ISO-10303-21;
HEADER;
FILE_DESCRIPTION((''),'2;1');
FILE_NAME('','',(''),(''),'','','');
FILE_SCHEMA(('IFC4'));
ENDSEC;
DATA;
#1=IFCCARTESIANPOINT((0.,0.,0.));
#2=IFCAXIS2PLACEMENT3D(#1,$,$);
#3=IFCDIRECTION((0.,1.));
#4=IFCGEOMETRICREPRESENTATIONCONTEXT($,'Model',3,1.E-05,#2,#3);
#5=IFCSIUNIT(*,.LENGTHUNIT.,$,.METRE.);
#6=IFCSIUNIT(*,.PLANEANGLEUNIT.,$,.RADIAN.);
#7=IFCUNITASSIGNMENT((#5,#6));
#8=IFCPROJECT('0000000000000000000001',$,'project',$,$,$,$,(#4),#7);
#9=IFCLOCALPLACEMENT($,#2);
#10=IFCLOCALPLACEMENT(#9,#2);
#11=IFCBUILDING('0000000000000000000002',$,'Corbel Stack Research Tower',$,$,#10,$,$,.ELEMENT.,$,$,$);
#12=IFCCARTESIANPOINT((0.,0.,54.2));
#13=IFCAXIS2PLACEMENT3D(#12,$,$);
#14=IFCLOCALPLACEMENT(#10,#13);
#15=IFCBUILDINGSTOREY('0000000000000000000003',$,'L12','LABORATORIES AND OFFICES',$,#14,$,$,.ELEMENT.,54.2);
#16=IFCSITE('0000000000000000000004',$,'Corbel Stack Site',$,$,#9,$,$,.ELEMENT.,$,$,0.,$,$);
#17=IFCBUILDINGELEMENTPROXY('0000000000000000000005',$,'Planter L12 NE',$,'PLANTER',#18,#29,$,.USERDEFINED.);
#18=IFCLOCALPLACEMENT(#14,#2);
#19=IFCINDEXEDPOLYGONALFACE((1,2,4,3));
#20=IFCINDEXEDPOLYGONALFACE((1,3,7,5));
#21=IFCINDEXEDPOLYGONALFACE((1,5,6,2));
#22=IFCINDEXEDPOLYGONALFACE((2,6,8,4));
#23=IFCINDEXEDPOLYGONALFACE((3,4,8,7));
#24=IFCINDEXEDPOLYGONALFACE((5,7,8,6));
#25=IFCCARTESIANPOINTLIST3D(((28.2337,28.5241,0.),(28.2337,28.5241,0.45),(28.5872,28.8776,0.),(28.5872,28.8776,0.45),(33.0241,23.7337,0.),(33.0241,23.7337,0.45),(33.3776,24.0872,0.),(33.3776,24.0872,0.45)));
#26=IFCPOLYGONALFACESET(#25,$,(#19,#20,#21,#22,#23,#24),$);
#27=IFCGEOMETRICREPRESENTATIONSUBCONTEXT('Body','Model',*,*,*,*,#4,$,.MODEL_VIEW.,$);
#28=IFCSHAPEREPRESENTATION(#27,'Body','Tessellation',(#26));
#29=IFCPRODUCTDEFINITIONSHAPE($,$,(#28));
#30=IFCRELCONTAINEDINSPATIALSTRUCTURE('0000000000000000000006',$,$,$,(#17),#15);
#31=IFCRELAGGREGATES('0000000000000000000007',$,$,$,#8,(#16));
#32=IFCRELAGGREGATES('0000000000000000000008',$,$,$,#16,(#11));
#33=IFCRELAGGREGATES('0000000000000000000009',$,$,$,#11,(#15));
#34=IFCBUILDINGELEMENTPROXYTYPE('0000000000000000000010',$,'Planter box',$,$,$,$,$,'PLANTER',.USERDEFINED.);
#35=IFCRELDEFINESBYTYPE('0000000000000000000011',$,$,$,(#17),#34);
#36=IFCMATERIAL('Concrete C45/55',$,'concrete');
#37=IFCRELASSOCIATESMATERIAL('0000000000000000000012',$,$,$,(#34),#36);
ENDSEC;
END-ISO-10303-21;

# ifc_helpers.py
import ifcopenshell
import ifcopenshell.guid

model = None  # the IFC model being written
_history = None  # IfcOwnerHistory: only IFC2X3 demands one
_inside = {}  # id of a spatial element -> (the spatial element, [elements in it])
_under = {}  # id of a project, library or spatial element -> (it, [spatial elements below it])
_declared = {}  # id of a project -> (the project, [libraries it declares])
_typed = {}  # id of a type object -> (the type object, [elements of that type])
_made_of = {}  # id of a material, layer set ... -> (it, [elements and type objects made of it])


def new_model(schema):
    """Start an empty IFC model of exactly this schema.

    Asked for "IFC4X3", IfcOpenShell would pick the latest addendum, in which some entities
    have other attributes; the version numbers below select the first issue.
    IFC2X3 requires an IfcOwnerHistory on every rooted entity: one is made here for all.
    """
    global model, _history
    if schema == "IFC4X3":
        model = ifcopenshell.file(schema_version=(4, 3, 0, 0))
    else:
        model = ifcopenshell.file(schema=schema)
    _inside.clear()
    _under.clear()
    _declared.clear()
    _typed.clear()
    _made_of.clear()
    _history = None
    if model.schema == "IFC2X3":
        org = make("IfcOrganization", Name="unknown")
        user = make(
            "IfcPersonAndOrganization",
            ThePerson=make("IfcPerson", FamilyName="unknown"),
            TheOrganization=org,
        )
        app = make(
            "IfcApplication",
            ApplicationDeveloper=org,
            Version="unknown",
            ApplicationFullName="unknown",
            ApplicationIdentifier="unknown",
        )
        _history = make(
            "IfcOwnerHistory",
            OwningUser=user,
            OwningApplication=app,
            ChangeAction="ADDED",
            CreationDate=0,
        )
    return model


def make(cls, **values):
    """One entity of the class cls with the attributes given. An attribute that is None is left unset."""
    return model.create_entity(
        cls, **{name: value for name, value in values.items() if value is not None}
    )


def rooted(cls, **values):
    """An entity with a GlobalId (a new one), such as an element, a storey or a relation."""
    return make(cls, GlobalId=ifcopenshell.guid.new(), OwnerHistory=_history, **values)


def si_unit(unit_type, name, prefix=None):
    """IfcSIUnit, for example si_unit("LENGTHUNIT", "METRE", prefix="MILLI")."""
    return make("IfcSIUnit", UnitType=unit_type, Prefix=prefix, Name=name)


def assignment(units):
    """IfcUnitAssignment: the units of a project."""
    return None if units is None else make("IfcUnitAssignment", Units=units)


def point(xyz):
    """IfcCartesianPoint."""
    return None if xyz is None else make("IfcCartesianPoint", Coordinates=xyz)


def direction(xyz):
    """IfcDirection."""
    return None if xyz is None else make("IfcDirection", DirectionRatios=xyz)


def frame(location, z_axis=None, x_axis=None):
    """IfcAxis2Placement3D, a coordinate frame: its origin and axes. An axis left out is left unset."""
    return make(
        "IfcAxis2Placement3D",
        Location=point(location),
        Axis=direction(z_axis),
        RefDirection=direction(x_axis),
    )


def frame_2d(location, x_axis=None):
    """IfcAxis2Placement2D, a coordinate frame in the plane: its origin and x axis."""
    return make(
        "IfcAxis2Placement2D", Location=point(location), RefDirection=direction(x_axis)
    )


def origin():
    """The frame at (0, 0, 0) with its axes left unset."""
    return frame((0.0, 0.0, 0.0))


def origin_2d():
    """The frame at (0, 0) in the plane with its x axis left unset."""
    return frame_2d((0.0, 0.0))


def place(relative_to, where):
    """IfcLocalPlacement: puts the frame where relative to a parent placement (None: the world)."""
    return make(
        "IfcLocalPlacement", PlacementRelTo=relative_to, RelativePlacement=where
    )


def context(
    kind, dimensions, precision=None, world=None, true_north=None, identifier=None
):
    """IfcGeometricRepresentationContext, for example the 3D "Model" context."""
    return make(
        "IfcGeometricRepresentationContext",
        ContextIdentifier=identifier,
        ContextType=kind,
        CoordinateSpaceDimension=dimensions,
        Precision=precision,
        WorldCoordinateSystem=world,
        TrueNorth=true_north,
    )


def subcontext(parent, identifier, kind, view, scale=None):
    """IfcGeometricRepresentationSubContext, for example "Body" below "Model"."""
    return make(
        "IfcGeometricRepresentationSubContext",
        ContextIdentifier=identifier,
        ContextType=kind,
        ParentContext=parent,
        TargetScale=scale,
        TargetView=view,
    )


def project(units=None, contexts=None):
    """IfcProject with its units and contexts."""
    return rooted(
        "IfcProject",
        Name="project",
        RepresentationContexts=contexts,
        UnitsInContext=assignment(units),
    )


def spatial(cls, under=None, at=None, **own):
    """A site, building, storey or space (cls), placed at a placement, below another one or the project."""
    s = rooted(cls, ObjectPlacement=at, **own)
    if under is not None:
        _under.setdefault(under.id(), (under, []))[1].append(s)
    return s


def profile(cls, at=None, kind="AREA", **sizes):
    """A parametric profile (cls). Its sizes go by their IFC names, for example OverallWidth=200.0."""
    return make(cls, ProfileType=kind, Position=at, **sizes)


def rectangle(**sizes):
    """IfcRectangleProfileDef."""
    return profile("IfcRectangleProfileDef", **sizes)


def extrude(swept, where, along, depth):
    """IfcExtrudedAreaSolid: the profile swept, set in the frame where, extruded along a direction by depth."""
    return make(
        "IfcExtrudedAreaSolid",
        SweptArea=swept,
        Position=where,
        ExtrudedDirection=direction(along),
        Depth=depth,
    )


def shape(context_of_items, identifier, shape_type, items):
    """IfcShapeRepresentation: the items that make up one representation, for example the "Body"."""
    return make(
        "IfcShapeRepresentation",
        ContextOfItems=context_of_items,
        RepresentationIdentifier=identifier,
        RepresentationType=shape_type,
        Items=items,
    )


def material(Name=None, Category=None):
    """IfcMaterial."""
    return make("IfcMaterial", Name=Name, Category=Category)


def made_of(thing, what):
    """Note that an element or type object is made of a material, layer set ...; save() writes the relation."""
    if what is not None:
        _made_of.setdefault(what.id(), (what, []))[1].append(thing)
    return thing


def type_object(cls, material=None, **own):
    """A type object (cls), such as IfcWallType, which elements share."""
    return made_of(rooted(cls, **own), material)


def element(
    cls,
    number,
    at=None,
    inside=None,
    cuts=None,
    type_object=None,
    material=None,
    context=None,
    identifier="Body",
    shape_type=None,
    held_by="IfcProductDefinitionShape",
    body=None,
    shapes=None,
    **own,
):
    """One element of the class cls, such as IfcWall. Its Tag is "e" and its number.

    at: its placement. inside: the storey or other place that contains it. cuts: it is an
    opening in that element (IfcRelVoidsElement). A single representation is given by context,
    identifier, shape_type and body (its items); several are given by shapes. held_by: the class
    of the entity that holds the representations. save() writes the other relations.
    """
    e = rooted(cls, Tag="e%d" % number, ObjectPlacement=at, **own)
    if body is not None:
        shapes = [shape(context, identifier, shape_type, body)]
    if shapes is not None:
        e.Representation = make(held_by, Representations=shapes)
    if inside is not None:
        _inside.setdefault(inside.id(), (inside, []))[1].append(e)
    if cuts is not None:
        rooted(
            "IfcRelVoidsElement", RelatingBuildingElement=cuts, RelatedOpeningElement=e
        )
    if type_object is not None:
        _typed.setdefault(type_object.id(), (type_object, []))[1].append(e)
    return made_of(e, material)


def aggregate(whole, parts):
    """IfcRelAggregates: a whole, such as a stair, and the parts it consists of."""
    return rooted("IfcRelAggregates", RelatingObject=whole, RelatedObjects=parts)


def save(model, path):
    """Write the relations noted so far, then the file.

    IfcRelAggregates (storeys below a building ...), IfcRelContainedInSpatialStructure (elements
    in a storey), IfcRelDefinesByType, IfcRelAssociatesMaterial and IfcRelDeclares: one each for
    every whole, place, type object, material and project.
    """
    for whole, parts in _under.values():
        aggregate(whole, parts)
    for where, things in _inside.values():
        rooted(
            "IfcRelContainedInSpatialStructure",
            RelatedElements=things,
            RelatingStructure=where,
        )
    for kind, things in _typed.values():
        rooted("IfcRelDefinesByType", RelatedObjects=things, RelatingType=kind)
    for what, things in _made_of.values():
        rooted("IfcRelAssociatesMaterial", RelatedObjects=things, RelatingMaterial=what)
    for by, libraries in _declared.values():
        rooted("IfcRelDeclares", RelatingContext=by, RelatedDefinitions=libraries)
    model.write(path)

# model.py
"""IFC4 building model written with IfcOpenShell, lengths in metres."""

from ifc_helpers import new_model, si_unit, direction, frame, origin, origin_2d, place, context, subcontext, project, spatial, rectangle, extrude, material, type_object, element, save


model = new_model("IFC4")

# Units and contexts
model_context = context("Model", 3, precision=1e-05, world=origin(), true_north=direction((0.0, 1.0)))
body_context = subcontext(model_context, "Body", "Model", "MODEL_VIEW")
ifc_project = project(units=[si_unit("LENGTHUNIT", "METRE"), si_unit("PLANEANGLEUNIT", "RADIAN")], contexts=[model_context])

# Site, building, storey
site_placement = place(None, origin())
site = spatial("IfcSite", under=ifc_project, at=site_placement, Name="Corbel Stack Site", CompositionType="ELEMENT", RefElevation=0.0)
building_placement = place(site_placement, origin())
building = spatial("IfcBuilding", under=site, at=building_placement, Name="Corbel Stack Research Tower", CompositionType="ELEMENT")
storey_placement = place(building_placement, frame((0.0, 0.0, 54.2)))
storey = spatial("IfcBuildingStorey", under=building, at=storey_placement, Name="L12", Description="LABORATORIES AND OFFICES", CompositionType="ELEMENT", Elevation=54.2)

# Building element proxy
ifc_material_1 = material(Name="Concrete C45/55", Category="concrete")
building_element_proxy_type = type_object("IfcBuildingElementProxyType", Name="Planter box", ElementType="PLANTER", PredefinedType="USERDEFINED", material=ifc_material_1)
proxy_placement = place(storey_placement, frame((30.8057, 26.3057, 0.0), z_axis=(0.0, 0.0, 1.0), x_axis=(-0.707107, 0.707107, 0.0)))
element("IfcBuildingElementProxy", 1, at=proxy_placement, inside=storey, type_object=building_element_proxy_type, Name="Planter L12 NE", ObjectType="PLANTER", PredefinedType="USERDEFINED", context=body_context, shape_type="SweptSolid", body=[
    extrude(rectangle(XDim=6.7747, YDim=0.5, at=origin_2d()), origin(), (0.0, 0.0, 1.0), 0.45),
])

save(model, "model.ifc")
